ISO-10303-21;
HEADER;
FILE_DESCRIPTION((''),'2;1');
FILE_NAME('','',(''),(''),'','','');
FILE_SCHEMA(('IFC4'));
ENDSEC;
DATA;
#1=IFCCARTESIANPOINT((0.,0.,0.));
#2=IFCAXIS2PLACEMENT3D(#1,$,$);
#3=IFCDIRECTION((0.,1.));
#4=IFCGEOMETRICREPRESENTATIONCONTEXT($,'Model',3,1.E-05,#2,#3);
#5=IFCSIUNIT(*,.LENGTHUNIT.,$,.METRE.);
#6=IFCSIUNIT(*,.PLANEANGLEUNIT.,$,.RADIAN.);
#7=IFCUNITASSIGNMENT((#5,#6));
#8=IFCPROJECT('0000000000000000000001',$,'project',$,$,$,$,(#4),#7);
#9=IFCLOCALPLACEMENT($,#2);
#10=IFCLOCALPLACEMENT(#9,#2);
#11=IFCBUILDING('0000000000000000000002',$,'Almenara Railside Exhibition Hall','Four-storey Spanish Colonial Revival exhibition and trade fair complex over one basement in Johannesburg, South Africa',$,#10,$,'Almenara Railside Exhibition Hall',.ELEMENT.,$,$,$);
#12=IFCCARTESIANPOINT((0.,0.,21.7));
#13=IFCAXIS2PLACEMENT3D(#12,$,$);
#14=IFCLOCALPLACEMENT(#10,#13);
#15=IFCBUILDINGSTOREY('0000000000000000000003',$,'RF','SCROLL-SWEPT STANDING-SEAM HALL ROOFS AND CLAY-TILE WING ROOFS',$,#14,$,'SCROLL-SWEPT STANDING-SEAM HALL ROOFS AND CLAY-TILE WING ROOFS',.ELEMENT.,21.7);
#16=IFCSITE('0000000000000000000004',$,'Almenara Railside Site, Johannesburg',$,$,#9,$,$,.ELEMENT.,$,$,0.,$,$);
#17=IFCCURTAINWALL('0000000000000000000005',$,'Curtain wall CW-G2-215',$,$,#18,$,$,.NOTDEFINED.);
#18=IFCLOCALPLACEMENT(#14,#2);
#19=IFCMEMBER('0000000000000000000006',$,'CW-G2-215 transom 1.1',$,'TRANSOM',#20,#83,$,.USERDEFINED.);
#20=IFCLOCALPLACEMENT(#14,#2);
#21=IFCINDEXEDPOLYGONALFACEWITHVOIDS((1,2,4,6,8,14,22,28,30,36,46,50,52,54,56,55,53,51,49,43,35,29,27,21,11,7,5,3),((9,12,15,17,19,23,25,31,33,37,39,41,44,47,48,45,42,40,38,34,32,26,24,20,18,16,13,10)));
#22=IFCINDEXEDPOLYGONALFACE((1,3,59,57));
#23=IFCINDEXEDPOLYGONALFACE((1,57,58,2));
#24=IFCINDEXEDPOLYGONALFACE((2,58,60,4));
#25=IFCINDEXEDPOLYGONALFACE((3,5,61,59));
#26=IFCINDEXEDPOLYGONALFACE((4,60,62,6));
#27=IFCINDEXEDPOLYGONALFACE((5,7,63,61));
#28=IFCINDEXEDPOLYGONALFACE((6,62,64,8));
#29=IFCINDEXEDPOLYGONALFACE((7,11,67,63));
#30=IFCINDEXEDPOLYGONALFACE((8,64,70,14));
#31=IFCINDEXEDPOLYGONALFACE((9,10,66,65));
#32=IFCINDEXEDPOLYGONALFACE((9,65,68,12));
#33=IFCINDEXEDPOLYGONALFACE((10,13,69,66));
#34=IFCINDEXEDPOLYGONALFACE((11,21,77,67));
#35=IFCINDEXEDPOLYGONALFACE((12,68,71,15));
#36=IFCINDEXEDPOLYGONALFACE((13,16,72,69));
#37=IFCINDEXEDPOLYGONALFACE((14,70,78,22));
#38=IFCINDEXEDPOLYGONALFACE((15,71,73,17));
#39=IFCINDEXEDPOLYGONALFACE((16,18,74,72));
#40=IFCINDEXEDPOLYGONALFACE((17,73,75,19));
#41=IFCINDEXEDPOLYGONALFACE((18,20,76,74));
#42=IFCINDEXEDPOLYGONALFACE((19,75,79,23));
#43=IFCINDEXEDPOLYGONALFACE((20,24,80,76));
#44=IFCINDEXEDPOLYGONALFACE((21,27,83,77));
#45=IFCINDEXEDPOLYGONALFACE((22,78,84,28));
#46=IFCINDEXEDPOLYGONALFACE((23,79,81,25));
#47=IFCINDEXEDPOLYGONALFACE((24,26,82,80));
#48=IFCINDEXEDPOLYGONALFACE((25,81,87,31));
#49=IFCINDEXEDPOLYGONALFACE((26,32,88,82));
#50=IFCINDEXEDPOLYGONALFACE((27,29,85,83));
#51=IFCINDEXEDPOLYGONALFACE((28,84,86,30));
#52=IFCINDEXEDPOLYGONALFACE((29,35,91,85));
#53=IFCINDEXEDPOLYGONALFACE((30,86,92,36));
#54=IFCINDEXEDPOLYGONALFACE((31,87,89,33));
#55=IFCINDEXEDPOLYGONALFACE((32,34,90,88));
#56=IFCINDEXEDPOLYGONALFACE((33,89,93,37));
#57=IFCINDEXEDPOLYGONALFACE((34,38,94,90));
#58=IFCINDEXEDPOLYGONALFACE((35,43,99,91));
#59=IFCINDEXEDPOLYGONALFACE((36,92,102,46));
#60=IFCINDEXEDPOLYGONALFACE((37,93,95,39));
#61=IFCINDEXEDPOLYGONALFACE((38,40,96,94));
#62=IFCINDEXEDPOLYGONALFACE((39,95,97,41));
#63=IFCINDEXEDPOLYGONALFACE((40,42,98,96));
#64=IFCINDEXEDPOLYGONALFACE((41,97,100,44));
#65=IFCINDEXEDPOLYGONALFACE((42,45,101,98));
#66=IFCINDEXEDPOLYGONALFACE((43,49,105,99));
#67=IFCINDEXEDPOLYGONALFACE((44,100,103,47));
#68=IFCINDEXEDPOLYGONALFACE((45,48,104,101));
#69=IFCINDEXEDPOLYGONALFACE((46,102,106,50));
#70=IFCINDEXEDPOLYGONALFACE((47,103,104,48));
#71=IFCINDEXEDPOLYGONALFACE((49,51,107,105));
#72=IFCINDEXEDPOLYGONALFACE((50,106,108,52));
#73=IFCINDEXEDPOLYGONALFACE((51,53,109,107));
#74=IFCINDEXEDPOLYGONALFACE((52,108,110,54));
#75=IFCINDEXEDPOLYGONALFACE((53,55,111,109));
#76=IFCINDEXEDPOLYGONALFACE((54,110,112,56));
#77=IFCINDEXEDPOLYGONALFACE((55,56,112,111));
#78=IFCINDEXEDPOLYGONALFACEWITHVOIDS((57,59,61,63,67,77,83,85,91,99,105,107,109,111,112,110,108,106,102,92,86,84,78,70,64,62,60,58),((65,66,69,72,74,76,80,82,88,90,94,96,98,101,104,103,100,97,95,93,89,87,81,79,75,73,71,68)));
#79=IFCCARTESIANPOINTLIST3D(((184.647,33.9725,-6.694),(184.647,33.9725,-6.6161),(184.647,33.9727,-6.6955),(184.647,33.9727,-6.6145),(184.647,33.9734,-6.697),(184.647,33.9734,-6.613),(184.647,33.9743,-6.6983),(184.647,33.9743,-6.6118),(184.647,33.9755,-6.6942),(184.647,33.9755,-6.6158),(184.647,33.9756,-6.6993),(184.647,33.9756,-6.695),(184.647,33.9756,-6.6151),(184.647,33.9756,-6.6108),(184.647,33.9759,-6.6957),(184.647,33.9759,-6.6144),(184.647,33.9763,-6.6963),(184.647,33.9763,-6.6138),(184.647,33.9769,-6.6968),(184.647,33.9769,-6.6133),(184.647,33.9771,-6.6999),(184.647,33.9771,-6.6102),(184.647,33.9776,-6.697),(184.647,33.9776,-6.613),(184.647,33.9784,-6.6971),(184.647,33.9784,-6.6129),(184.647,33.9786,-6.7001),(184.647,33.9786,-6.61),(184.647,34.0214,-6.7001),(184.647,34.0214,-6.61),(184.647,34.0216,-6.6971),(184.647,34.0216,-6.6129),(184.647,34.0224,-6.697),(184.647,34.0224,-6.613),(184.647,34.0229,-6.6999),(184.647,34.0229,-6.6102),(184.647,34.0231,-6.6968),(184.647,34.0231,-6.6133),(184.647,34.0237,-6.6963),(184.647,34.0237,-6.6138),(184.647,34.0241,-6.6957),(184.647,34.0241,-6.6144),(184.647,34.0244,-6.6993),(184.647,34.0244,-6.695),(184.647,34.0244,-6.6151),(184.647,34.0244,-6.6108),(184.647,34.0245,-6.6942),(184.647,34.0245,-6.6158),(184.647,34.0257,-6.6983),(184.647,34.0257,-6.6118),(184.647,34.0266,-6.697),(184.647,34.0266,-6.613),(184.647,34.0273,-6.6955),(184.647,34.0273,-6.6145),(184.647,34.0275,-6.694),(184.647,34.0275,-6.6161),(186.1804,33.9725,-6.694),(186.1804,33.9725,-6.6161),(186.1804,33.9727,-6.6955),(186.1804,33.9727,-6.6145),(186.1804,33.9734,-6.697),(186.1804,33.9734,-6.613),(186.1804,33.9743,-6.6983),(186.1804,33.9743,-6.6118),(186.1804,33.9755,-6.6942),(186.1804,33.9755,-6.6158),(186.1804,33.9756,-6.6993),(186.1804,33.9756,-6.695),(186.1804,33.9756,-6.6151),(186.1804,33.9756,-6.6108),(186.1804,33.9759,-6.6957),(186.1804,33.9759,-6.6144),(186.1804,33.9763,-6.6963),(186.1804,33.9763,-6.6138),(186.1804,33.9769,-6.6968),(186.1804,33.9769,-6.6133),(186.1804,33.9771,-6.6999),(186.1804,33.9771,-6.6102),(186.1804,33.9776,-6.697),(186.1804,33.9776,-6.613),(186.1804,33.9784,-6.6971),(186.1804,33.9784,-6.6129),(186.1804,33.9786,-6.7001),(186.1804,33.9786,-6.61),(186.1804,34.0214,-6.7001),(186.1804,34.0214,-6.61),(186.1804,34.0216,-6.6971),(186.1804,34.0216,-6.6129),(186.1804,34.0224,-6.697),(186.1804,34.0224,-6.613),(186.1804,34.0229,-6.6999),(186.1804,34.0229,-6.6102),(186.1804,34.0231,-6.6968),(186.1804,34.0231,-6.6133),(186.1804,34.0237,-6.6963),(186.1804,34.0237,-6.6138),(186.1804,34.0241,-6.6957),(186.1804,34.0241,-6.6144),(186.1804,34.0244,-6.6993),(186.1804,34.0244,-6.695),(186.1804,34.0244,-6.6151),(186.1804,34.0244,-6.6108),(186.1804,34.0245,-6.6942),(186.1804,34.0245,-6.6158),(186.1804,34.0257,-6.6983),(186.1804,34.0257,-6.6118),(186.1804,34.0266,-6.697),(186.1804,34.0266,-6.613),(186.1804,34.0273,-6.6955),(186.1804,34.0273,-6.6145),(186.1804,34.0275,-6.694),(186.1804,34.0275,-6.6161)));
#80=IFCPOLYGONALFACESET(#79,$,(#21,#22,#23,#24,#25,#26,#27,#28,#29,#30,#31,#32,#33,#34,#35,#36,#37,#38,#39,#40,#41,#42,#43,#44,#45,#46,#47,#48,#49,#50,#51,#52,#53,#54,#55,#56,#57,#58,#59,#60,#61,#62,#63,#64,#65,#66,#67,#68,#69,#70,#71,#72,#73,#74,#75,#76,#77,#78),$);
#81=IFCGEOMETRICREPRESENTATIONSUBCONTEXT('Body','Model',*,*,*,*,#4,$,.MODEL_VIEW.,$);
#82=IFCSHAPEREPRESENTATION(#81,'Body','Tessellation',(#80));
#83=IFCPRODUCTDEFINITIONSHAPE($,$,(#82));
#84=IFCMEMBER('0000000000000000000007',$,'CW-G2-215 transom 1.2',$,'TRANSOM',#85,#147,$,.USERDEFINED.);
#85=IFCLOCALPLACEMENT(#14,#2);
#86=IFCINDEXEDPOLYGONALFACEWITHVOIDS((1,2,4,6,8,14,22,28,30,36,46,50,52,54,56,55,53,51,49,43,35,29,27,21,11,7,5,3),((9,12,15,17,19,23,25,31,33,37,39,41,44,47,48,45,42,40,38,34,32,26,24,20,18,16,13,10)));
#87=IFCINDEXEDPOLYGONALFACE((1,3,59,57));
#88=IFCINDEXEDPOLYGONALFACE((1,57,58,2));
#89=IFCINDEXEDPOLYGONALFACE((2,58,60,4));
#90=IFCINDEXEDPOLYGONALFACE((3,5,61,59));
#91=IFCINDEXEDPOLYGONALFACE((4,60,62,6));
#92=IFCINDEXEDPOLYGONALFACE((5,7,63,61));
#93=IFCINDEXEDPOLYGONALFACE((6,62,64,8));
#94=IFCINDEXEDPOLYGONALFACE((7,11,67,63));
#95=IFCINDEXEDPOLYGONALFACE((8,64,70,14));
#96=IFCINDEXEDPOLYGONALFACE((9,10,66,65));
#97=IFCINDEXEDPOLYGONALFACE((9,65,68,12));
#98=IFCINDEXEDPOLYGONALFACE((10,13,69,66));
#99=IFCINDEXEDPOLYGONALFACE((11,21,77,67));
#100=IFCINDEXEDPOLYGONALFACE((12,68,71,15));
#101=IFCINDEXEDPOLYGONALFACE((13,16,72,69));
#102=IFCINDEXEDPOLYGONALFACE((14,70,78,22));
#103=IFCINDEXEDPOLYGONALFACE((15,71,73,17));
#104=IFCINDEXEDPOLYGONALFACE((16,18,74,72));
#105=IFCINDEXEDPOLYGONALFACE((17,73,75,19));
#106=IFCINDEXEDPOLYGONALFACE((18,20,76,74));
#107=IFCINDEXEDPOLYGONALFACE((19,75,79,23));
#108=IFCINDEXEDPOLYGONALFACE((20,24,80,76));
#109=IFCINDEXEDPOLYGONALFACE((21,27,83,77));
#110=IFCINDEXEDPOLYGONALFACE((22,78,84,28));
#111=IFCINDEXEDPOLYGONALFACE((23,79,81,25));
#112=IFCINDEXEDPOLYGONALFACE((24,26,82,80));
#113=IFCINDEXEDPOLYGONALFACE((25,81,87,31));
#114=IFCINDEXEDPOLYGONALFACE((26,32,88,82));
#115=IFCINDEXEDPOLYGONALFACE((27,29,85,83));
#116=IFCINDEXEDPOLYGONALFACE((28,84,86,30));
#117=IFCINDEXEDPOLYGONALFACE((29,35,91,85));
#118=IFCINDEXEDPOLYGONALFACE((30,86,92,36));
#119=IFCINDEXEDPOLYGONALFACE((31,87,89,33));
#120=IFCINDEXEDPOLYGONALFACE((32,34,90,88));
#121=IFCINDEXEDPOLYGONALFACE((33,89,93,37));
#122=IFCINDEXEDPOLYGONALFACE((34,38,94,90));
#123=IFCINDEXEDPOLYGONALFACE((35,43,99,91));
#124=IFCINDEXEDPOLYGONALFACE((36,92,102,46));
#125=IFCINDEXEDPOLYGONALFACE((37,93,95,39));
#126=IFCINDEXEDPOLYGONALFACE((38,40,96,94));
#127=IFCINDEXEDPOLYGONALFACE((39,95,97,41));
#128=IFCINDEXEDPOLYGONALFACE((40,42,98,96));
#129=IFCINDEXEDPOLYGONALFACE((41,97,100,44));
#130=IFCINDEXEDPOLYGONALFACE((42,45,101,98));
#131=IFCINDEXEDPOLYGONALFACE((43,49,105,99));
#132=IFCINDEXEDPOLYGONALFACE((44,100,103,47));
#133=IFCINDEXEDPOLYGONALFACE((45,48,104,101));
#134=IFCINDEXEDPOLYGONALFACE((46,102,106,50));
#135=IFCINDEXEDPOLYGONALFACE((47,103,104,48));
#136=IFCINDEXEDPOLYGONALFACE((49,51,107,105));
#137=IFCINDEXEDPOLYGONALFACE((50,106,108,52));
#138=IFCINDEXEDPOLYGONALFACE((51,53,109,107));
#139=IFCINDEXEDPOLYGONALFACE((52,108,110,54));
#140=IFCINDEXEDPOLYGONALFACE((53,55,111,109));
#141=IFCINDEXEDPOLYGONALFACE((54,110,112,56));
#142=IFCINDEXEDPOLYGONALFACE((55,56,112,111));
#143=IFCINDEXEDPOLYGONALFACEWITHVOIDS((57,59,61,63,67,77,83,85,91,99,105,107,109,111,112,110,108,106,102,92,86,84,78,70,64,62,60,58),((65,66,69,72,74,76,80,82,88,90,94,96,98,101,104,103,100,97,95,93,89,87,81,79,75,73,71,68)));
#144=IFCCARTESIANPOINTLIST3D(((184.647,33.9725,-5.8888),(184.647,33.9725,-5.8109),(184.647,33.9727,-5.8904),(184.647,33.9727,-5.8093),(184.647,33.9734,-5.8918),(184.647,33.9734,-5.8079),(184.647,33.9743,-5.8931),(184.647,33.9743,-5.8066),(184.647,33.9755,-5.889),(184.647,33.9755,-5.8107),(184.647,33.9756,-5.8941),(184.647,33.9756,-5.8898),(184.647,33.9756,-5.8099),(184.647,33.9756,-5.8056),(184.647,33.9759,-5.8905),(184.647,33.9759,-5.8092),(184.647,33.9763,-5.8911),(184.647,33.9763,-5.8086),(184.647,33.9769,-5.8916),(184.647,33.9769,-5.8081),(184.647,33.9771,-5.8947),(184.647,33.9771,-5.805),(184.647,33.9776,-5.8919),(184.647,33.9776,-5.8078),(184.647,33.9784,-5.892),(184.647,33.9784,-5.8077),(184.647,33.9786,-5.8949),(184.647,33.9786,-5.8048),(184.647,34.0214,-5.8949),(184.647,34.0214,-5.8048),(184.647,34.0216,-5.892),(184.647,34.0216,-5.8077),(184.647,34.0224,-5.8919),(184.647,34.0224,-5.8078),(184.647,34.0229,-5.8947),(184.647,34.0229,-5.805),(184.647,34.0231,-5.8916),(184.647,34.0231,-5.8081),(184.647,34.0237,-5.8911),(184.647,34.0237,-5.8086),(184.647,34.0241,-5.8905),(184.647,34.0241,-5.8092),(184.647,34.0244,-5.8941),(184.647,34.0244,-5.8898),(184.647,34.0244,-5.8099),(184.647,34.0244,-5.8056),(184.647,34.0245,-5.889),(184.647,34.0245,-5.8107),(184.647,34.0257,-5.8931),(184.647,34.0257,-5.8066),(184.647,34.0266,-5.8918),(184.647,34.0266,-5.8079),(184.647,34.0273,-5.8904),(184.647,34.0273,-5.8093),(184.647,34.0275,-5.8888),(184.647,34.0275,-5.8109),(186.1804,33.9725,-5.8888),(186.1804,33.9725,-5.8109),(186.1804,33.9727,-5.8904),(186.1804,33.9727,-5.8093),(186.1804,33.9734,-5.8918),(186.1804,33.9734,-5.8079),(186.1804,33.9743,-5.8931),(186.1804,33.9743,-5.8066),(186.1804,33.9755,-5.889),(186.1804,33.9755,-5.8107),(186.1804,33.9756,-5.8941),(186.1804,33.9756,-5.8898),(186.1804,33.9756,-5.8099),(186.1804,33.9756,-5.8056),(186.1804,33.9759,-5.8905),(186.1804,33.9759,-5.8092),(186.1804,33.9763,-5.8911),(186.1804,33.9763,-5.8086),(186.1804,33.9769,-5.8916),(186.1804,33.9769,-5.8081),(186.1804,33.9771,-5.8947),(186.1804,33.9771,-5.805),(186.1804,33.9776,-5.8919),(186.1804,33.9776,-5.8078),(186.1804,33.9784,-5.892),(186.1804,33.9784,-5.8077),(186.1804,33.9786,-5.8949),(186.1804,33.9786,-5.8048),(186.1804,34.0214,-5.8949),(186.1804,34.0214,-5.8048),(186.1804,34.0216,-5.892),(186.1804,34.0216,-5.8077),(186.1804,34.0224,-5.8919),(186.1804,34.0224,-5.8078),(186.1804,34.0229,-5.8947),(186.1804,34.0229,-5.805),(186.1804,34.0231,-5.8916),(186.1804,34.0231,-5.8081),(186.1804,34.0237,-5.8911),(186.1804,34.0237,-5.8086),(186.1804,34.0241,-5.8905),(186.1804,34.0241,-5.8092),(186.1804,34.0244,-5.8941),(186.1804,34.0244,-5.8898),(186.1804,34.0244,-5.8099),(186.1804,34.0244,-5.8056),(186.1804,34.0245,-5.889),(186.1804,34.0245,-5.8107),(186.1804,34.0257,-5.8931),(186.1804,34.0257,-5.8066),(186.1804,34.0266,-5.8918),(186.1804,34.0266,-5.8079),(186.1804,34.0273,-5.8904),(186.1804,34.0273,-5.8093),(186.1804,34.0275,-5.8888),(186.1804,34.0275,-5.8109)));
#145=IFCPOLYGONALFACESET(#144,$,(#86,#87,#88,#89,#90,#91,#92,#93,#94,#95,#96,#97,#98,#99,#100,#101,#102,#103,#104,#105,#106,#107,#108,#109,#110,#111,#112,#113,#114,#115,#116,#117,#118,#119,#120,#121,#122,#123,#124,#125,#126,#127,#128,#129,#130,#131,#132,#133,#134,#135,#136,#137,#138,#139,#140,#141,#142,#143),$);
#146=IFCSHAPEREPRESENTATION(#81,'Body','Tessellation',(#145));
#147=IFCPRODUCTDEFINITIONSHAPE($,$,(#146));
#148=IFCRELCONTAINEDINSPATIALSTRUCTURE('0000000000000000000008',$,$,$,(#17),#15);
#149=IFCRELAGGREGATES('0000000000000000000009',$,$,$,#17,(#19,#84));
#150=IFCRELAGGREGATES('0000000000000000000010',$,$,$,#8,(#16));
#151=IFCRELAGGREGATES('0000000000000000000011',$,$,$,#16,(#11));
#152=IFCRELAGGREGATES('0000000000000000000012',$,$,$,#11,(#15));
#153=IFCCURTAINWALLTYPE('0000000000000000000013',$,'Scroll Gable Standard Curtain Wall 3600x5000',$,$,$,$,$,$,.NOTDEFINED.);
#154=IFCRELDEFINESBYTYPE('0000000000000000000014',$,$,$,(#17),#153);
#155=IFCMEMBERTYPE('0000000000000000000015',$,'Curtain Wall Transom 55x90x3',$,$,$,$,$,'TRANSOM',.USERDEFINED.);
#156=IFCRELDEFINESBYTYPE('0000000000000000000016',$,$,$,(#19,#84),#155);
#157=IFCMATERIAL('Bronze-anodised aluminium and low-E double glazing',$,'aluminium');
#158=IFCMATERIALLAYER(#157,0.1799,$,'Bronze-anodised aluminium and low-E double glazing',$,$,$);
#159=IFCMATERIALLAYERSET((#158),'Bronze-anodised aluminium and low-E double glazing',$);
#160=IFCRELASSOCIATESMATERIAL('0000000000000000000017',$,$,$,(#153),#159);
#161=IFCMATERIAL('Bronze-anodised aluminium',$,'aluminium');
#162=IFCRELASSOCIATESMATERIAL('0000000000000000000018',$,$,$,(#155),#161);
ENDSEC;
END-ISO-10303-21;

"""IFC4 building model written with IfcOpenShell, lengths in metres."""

from ifc_helpers import new_model, si_unit, direction, frame, origin, origin_2d, place, context, subcontext, project, spatial, hollow_rectangle, extrude, material, layer, layer_set, material_profile, profile_set, type_object, element, aggregate, save


model = new_model("IFC4")

# Units and contexts
model_context = context("Model", 3, precision=1e-05, world=origin(), true_north=direction((0.0, 1.0)))
body_context = subcontext(model_context, "Body", "Model", "MODEL_VIEW")
ifc_project = project(units=[si_unit("LENGTHUNIT", "METRE"), si_unit("PLANEANGLEUNIT", "RADIAN")], contexts=[model_context])

# Site, building, storey
site_placement = place(None, origin())
site = spatial("IfcSite", under=ifc_project, at=site_placement, Name="Almenara Railside Site, Johannesburg", CompositionType="ELEMENT", RefElevation=0.0)
building_placement = place(site_placement, origin())
building = spatial("IfcBuilding", under=site, at=building_placement, Name="Almenara Railside Exhibition Hall", Description="Four-storey Spanish Colonial Revival exhibition and trade fair complex over one basement in Johannesburg, South Africa", LongName="Almenara Railside Exhibition Hall", CompositionType="ELEMENT")
storey_placement = place(building_placement, frame((0.0, 0.0, 21.7)))
storey = spatial("IfcBuildingStorey", under=building, at=storey_placement, Name="RF", Description="SCROLL-SWEPT STANDING-SEAM HALL ROOFS AND CLAY-TILE WING ROOFS", LongName="SCROLL-SWEPT STANDING-SEAM HALL ROOFS AND CLAY-TILE WING ROOFS", CompositionType="ELEMENT", Elevation=21.7)

# Curtain wall, members
ifc_material_1 = material(Name="Bronze-anodised aluminium and low-E double glazing", Category="aluminium")
ifc_layer_1 = layer(ifc_material_1, 0.1799, Name="Bronze-anodised aluminium and low-E double glazing")
ifc_layer_set_1 = layer_set([ifc_layer_1], Name="Bronze-anodised aluminium and low-E double glazing")
curtain_wall_type = type_object("IfcCurtainWallType", Name="Scroll Gable Standard Curtain Wall 3600x5000", PredefinedType="NOTDEFINED", material=ifc_layer_set_1)
curtain_wall_placement = place(storey_placement, origin())
curtain_wall = element("IfcCurtainWall", 1, at=curtain_wall_placement, inside=storey, type_object=curtain_wall_type, Name="Curtain wall CW-G2-215", PredefinedType="NOTDEFINED")
ifc_material_2 = material(Name="Bronze-anodised aluminium", Category="aluminium")
ifc_material_profile_1 = material_profile(ifc_material_2, hollow_rectangle(XDim=0.0549, YDim=0.0901, WallThickness=0.0029, InnerFilletRadius=0.0029, OuterFilletRadius=0.0061, at=origin_2d()), Name="ALU-TRN 55x90x3")
ifc_profile_set_1 = profile_set([ifc_material_profile_1], Name="Bronze-anodised aluminium")
member_type_1 = type_object("IfcMemberType", Name="Curtain Wall Transom 55x90x3", ElementType="TRANSOM", PredefinedType="USERDEFINED", material=ifc_profile_set_1)
member_1_placement = place(storey_placement, frame((184.647, 34.0, -6.655), z_axis=(1.0, 0.0, 0.0), x_axis=(0.0, 1.0, 0.0)))
member_1 = element("IfcMember", 2, at=member_1_placement, type_object=member_type_1, Name="CW-G2-215 transom 1.1", ObjectType="TRANSOM", PredefinedType="USERDEFINED", context=body_context, shape_type="SweptSolid", body=[
    extrude(hollow_rectangle(XDim=0.0549, YDim=0.0901, WallThickness=0.0029, InnerFilletRadius=0.0029, OuterFilletRadius=0.0061, at=origin_2d()), origin(), (0.0, 0.0, 1.0), 1.5334),
])
member_2_placement = place(storey_placement, frame((184.647, 34.0, -5.8499), z_axis=(1.0, 0.0, 0.0), x_axis=(0.0, 1.0, 0.0)))
member_2 = element("IfcMember", 3, at=member_2_placement, type_object=member_type_1, Name="CW-G2-215 transom 1.2", ObjectType="TRANSOM", PredefinedType="USERDEFINED", context=body_context, shape_type="SweptSolid", body=[
    extrude(hollow_rectangle(XDim=0.0549, YDim=0.0901, WallThickness=0.0029, InnerFilletRadius=0.0029, OuterFilletRadius=0.0061, at=origin_2d()), origin(), (0.0, 0.0, 1.0), 1.5334),
])

aggregate(curtain_wall, [member_1, member_2])

save(model, "model.ifc")
